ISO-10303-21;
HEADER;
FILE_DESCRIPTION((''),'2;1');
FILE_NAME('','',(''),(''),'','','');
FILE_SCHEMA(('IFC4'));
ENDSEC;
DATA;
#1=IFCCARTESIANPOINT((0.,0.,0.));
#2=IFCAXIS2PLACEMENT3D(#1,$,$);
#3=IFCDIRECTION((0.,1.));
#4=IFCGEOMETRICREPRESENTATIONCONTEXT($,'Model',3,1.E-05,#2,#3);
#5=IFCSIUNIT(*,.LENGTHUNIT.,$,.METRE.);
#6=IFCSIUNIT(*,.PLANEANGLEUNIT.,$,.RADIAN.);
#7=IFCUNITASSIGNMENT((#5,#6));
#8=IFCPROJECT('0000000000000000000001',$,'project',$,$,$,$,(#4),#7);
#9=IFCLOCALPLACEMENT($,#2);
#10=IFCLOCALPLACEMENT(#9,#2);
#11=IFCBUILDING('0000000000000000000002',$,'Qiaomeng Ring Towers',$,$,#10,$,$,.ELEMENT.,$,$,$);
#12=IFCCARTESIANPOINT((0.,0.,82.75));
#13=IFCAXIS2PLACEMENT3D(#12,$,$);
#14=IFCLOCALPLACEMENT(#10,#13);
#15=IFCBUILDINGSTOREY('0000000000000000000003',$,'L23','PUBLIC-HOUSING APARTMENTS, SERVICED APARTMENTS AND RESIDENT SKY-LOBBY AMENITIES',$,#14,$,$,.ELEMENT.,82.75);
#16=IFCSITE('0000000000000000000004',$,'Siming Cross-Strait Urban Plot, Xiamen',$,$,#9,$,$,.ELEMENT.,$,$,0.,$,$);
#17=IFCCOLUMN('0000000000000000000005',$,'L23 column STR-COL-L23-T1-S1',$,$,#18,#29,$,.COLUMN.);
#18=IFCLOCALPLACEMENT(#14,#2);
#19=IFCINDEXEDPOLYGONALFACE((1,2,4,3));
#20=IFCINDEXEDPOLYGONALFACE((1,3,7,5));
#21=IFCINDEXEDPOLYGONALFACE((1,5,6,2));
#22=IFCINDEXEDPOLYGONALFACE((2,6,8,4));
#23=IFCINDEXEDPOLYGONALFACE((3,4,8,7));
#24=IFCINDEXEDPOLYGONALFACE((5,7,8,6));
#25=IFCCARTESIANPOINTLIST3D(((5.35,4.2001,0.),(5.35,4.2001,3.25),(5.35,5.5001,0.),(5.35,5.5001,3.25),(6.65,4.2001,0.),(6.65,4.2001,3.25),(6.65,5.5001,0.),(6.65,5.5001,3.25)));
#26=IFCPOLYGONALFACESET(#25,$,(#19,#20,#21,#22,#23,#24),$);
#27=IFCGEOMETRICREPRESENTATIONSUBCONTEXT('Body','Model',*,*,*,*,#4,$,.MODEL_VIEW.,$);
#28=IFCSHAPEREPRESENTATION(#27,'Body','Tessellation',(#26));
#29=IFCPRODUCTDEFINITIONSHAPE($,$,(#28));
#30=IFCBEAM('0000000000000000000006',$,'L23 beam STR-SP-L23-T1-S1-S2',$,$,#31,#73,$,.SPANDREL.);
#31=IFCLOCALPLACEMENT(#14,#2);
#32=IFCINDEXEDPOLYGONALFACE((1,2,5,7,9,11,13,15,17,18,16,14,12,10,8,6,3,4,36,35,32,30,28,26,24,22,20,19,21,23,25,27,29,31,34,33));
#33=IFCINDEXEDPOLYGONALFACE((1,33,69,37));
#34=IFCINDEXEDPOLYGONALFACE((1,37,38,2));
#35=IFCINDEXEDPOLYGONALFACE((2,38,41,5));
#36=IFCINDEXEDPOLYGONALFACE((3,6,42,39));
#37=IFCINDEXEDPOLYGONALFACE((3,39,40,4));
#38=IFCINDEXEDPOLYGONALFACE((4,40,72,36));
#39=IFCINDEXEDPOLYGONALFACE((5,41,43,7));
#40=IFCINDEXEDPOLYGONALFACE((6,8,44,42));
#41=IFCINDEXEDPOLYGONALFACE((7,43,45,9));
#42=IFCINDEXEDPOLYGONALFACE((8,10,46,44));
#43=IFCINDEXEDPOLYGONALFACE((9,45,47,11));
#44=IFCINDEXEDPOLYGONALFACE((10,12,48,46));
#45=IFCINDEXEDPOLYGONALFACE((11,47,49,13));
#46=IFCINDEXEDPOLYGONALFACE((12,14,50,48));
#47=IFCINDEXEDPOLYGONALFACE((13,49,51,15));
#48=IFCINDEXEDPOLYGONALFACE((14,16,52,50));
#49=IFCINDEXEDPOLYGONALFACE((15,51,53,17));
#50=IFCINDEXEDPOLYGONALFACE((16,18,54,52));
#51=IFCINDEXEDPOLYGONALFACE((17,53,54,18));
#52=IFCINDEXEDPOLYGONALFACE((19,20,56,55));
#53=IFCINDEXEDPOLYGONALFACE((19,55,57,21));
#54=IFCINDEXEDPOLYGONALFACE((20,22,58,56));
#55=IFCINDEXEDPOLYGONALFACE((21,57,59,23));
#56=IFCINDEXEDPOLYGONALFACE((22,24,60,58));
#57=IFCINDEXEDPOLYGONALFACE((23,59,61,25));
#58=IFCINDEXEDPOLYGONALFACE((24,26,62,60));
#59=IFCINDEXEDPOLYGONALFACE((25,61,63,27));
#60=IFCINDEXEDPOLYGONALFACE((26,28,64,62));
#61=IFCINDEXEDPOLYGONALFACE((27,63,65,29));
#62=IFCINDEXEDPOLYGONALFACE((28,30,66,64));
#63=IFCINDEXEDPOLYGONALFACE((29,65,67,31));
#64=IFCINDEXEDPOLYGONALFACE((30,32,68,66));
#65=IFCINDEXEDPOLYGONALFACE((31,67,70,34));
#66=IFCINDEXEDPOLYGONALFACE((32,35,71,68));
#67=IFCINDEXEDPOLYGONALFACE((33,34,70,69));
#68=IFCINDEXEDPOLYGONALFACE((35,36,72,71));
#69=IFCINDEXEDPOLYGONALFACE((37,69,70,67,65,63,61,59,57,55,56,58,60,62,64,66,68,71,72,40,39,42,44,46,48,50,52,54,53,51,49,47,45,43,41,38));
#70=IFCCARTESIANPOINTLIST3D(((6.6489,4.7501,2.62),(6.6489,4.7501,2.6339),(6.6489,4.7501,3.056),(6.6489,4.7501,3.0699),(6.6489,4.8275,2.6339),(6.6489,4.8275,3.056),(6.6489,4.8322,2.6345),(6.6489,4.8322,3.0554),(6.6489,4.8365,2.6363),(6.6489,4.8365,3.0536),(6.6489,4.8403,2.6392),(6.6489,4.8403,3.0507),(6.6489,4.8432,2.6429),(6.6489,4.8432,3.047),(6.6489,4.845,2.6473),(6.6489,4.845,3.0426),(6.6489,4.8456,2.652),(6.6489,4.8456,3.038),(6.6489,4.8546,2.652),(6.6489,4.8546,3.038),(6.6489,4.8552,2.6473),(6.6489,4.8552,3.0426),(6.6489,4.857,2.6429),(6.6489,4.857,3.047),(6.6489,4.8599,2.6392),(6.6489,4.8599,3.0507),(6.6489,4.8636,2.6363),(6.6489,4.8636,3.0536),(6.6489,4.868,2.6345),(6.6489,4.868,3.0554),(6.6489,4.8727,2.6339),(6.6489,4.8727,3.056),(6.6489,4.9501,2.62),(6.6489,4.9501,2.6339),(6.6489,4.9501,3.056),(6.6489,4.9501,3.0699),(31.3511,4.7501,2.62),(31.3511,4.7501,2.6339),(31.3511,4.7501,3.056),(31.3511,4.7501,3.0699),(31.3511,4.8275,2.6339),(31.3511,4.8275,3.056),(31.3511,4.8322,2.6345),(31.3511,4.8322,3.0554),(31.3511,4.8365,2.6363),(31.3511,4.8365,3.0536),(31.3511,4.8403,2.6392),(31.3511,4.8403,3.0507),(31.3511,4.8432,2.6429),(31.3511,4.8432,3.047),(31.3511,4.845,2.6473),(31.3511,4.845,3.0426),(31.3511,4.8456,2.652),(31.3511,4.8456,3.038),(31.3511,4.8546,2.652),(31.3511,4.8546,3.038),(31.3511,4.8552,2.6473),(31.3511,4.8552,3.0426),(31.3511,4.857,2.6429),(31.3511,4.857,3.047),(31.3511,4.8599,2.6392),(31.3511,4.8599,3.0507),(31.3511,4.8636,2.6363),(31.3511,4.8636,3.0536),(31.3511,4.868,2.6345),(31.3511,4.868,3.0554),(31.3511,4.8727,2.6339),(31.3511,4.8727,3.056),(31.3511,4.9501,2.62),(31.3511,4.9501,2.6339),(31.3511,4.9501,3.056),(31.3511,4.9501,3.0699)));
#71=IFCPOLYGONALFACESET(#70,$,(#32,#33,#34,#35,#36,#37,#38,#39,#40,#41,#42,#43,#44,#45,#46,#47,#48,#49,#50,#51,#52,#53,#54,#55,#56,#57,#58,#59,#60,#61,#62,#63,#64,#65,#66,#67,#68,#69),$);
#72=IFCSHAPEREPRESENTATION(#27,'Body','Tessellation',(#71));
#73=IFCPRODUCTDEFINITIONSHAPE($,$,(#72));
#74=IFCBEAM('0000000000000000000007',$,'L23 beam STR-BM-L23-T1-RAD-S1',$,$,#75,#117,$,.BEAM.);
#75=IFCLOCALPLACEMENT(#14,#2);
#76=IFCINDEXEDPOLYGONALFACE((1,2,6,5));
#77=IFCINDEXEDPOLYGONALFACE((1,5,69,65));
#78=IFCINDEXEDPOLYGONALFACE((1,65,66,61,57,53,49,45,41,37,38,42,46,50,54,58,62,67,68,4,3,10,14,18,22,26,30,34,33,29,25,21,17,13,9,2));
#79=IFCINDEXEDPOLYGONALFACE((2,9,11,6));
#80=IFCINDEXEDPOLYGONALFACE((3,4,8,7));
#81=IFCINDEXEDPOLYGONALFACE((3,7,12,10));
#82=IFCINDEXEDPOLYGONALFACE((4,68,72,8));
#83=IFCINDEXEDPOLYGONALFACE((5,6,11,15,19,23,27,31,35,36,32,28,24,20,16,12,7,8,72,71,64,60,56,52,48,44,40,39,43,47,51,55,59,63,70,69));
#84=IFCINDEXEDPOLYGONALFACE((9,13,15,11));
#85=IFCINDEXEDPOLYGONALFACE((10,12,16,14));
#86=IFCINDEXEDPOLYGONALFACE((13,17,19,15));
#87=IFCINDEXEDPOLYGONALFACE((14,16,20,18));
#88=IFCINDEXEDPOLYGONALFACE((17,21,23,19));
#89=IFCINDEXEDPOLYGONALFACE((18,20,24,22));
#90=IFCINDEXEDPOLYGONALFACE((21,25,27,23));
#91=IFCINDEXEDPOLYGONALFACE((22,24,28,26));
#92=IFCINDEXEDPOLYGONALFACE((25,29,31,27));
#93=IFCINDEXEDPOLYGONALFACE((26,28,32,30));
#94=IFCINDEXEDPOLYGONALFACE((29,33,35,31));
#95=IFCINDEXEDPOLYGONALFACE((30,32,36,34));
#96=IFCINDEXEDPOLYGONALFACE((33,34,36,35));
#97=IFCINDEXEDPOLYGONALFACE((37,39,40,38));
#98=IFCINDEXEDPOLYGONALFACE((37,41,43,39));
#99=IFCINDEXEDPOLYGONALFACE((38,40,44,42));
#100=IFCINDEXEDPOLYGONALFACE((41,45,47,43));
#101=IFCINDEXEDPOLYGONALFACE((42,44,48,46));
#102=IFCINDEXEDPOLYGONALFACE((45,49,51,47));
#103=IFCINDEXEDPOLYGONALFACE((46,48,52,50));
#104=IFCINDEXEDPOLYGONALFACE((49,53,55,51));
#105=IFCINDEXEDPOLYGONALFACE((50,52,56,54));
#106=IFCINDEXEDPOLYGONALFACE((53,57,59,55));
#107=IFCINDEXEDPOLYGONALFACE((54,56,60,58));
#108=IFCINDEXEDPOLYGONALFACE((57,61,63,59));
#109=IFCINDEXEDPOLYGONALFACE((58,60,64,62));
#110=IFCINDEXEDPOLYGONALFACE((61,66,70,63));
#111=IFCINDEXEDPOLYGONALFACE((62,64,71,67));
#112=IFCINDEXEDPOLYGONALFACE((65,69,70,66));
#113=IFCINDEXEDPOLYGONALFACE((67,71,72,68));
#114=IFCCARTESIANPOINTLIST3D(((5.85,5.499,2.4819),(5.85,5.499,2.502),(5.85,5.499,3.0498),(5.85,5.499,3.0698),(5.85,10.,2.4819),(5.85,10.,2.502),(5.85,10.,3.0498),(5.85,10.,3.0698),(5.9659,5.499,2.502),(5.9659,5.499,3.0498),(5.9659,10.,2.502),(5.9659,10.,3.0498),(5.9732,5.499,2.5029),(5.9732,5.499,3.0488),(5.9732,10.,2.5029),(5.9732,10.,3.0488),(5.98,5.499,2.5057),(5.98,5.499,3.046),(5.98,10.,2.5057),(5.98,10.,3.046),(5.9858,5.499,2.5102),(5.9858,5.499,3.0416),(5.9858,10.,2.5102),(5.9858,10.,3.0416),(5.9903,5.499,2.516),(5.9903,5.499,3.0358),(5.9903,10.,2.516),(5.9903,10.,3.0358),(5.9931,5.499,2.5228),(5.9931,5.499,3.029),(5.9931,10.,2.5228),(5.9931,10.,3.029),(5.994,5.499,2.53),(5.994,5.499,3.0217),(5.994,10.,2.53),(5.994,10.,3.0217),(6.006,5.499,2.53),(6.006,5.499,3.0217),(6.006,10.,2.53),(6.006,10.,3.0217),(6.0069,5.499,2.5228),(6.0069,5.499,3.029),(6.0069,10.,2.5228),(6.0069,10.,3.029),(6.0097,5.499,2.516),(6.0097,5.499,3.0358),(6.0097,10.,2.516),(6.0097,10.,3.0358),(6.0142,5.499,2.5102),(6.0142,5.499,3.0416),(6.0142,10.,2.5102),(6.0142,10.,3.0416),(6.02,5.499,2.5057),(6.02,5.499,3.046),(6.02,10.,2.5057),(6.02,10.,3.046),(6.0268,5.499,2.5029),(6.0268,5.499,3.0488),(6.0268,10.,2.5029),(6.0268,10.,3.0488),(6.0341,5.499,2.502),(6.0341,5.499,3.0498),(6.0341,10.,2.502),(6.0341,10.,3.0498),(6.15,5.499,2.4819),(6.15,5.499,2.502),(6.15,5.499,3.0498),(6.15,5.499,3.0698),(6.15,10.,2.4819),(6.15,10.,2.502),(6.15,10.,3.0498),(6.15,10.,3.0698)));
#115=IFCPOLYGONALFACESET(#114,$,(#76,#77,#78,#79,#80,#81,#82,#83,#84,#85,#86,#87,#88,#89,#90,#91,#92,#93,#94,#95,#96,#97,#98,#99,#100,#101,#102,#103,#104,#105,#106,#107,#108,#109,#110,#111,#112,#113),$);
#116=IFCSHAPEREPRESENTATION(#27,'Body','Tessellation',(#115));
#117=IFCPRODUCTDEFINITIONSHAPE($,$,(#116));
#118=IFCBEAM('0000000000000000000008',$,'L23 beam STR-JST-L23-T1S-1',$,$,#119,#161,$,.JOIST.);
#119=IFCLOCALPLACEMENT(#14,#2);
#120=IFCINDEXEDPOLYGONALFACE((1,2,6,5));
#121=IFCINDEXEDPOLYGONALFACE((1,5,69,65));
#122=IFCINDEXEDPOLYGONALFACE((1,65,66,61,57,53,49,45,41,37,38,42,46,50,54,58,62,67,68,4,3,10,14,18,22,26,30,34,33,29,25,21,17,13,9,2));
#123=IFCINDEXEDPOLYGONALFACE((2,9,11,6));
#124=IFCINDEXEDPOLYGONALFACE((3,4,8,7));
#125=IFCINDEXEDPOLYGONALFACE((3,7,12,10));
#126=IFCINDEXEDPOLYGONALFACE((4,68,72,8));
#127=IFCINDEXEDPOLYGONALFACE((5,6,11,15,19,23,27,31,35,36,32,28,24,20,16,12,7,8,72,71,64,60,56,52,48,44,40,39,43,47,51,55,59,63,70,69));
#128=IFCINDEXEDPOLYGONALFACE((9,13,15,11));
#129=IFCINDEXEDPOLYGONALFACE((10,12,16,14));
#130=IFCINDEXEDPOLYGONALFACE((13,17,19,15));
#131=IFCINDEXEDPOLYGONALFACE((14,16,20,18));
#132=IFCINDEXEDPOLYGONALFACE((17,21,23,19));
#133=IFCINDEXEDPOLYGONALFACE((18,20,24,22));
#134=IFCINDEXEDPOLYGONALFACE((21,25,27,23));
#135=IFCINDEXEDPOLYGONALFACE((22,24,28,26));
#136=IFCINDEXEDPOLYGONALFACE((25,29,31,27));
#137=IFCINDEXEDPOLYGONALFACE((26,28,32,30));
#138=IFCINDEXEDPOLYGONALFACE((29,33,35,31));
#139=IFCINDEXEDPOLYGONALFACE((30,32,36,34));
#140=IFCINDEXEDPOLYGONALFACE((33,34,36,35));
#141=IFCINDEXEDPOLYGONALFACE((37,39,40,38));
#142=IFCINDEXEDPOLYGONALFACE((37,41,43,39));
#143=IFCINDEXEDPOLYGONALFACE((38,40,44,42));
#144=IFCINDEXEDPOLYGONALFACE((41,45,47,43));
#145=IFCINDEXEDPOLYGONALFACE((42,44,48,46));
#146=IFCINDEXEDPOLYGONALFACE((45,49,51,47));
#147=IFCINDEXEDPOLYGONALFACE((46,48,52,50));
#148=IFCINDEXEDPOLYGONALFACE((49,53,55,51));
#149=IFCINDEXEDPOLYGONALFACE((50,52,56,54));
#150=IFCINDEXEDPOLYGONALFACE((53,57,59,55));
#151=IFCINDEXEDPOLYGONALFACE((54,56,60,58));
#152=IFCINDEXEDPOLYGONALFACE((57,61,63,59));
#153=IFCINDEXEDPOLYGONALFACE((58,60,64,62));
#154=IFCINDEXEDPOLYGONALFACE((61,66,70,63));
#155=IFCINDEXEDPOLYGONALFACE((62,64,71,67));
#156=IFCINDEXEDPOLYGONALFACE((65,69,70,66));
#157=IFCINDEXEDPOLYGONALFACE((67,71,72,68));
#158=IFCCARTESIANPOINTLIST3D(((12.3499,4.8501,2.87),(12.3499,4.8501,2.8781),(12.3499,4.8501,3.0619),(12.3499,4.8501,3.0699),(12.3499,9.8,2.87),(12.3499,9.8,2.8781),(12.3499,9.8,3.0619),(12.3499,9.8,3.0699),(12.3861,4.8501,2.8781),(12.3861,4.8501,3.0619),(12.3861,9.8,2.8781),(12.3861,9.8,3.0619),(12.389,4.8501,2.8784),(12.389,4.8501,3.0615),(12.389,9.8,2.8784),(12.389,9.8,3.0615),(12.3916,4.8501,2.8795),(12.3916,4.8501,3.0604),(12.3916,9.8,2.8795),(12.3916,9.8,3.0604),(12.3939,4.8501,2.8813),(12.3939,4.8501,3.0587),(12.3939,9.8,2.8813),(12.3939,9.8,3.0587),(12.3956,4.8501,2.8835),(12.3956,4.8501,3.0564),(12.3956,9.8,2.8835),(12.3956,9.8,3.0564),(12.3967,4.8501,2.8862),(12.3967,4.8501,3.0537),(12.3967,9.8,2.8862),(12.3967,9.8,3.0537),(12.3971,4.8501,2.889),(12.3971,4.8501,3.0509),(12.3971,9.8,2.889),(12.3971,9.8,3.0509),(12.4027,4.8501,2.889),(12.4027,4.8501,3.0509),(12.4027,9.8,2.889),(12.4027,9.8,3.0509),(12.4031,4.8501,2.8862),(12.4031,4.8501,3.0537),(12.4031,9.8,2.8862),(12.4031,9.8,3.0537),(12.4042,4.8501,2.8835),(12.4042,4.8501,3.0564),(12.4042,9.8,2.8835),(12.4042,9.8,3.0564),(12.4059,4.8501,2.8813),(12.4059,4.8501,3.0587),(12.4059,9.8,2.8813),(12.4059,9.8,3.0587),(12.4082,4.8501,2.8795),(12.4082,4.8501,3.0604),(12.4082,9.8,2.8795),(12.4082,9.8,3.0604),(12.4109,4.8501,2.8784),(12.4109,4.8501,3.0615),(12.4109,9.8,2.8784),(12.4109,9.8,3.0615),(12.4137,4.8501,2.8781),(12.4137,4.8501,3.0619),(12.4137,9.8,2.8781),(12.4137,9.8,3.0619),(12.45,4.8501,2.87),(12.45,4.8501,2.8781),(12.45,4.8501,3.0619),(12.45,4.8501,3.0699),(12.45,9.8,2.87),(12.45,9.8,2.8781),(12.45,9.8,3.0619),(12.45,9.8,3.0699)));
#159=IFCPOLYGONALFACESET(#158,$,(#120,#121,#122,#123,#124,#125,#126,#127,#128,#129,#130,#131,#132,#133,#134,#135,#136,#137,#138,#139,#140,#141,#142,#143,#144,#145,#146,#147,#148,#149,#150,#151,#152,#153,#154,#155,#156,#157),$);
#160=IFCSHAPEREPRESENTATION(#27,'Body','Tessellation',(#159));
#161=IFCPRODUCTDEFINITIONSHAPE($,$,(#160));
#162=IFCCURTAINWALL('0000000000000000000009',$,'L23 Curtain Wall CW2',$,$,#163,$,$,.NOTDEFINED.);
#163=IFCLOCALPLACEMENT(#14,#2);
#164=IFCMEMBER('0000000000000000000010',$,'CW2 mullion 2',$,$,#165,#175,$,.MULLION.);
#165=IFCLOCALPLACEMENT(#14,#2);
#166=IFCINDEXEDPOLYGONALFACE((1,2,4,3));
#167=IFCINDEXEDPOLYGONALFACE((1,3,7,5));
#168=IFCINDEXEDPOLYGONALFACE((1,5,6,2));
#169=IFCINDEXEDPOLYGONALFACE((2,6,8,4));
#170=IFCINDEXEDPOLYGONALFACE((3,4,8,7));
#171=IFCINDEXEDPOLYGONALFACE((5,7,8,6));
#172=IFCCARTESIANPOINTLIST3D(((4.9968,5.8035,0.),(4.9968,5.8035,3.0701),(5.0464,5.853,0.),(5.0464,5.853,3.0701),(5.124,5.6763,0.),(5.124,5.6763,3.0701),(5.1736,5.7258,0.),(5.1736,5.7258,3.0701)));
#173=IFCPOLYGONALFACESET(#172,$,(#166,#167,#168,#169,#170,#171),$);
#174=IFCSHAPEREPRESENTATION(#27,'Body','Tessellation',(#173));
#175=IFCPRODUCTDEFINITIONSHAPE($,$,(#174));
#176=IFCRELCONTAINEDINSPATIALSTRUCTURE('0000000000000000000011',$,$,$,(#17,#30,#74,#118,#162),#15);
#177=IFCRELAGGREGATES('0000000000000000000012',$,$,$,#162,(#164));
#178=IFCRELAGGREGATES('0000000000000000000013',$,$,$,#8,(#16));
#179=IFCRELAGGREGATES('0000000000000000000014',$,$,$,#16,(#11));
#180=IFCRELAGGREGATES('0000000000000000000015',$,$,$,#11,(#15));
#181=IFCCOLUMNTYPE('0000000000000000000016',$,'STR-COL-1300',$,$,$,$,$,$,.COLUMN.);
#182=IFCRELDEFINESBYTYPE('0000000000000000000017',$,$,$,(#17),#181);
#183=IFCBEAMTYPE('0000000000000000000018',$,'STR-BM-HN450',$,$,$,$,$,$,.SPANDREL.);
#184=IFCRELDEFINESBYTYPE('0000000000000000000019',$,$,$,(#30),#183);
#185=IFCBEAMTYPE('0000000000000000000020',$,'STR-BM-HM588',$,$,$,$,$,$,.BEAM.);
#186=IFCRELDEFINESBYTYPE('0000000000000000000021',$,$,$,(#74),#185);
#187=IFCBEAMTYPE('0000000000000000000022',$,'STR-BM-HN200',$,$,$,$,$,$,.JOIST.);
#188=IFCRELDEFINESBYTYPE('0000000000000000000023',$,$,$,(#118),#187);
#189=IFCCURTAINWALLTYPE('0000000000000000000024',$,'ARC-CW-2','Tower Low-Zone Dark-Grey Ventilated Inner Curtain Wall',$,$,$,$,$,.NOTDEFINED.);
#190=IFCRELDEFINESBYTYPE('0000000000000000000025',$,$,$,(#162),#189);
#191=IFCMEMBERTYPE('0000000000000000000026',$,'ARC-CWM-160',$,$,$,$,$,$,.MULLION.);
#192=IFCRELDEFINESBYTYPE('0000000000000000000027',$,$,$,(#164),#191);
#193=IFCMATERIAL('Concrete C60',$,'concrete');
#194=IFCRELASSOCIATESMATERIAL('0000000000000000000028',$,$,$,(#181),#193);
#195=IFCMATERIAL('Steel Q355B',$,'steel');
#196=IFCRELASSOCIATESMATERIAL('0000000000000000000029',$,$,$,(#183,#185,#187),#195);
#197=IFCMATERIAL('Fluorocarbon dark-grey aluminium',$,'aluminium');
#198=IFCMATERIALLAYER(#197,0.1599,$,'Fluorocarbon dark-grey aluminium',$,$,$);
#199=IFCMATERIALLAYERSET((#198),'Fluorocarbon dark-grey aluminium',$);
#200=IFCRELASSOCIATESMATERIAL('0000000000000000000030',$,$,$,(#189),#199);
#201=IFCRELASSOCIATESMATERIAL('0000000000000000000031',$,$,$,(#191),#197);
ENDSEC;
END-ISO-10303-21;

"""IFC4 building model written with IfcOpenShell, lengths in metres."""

from ifc_helpers import new_model, si_unit, direction, frame, origin, origin_2d, place, context, subcontext, project, spatial, rectangle, i_section, extrude, source, transform, mapped, material, layer, layer_set, material_profile, profile_set, type_object, element, aggregate, save


model = new_model("IFC4")

# Units and contexts
model_context = context("Model", 3, precision=1e-05, world=origin(), true_north=direction((0.0, 1.0)))
body_context = subcontext(model_context, "Body", "Model", "MODEL_VIEW")
ifc_project = project(units=[si_unit("LENGTHUNIT", "METRE"), si_unit("PLANEANGLEUNIT", "RADIAN")], contexts=[model_context])

# Site, building, storey
site_placement = place(None, origin())
site = spatial("IfcSite", under=ifc_project, at=site_placement, Name="Siming Cross-Strait Urban Plot, Xiamen", CompositionType="ELEMENT", RefElevation=0.0)
building_placement = place(site_placement, origin())
building = spatial("IfcBuilding", under=site, at=building_placement, Name="Qiaomeng Ring Towers", CompositionType="ELEMENT")
storey_placement = place(building_placement, frame((0.0, 0.0, 82.75)))
storey = spatial("IfcBuildingStorey", under=building, at=storey_placement, Name="L23", Description="PUBLIC-HOUSING APARTMENTS, SERVICED APARTMENTS AND RESIDENT SKY-LOBBY AMENITIES", CompositionType="ELEMENT", Elevation=82.75)

# Column
ifc_material_1 = material(Name="Concrete C60", Category="concrete")
ifc_material_profile_1 = material_profile(ifc_material_1, rectangle(XDim=1.3, YDim=1.3, at=origin_2d()), Name="RC COL 1300x1300")
ifc_profile_set_1 = profile_set([ifc_material_profile_1], Name="Concrete C60")
column_type = type_object("IfcColumnType", Name="STR-COL-1300", PredefinedType="COLUMN", material=ifc_profile_set_1)
shared_shape_1 = source(origin(), body_context, "Body", "SweptSolid", [
    extrude(rectangle(XDim=1.3, YDim=1.3, at=origin_2d()), origin(), (0.0, 0.0, 1.0), 3.25),
])
column_placement = place(storey_placement, frame((6.0, 4.8501, 0.0), z_axis=(0.0, 0.0, 1.0), x_axis=(1.0, 0.0, 0.0)))
element("IfcColumn", 1, at=column_placement, inside=storey, type_object=column_type, Name="L23 column STR-COL-L23-T1-S1", PredefinedType="COLUMN", context=body_context, shape_type="MappedRepresentation", body=[
    mapped(shared_shape_1, transform((0.0, 0.0, 0.0), x_axis=(1.0, 0.0, 0.0), y_axis=(0.0, 1.0, 0.0), z_axis=(0.0, 0.0, 1.0), scale=1.0)),
])

# Beams
ifc_material_2 = material(Name="Steel Q355B", Category="steel")
ifc_material_profile_2 = material_profile(ifc_material_2, i_section(OverallWidth=0.2, OverallDepth=0.45, WebThickness=0.009, FlangeThickness=0.0139, FilletRadius=0.0181, at=origin_2d()), Name="HN 450x200x9x14")
ifc_profile_set_2 = profile_set([ifc_material_profile_2], Name="Steel Q355B")
beam_type_1 = type_object("IfcBeamType", Name="STR-BM-HN450", PredefinedType="SPANDREL", material=ifc_profile_set_2)
shared_shape_2 = source(origin(), body_context, "Body", "SweptSolid", [
    extrude(i_section(OverallWidth=0.2, OverallDepth=0.45, WebThickness=0.009, FlangeThickness=0.0139, FilletRadius=0.0181, at=origin_2d()), origin(), (0.0, 0.0, 1.0), 24.7021),
])
beam_1_placement = place(storey_placement, frame((6.6489, 4.8501, 2.845), z_axis=(1.0, 0.0, 0.0), x_axis=(0.0, 1.0, 0.0)))
element("IfcBeam", 2, at=beam_1_placement, inside=storey, type_object=beam_type_1, Name="L23 beam STR-SP-L23-T1-S1-S2", PredefinedType="SPANDREL", context=body_context, shape_type="MappedRepresentation", body=[
    mapped(shared_shape_2, transform((0.0, 0.0, 0.0), x_axis=(1.0, 0.0, 0.0), y_axis=(0.0, 1.0, 0.0), z_axis=(0.0, 0.0, 1.0), scale=1.0)),
])
ifc_material_profile_3 = material_profile(ifc_material_2, i_section(OverallWidth=0.3, OverallDepth=0.5879, WebThickness=0.012, FlangeThickness=0.02, FilletRadius=0.0281, at=origin_2d()), Name="HM 588x300x12x20")
ifc_profile_set_3 = profile_set([ifc_material_profile_3], Name="Steel Q355B")
beam_type_2 = type_object("IfcBeamType", Name="STR-BM-HM588", PredefinedType="BEAM", material=ifc_profile_set_3)
shared_shape_3 = source(origin(), body_context, "Body", "SweptSolid", [
    extrude(i_section(OverallWidth=0.3, OverallDepth=0.5879, WebThickness=0.012, FlangeThickness=0.02, FilletRadius=0.0281, at=origin_2d()), origin(), (0.0, 0.0, 1.0), 4.501),
])
beam_2_placement = place(storey_placement, frame((6.0, 5.499, 2.7759), z_axis=(0.0, 1.0, 0.0), x_axis=(-1.0, 0.0, 0.0)))
element("IfcBeam", 3, at=beam_2_placement, inside=storey, type_object=beam_type_2, Name="L23 beam STR-BM-L23-T1-RAD-S1", PredefinedType="BEAM", context=body_context, shape_type="MappedRepresentation", body=[
    mapped(shared_shape_3, transform((0.0, 0.0, 0.0), x_axis=(1.0, 0.0, 0.0), y_axis=(0.0, 1.0, 0.0), z_axis=(0.0, 0.0, 1.0), scale=1.0)),
])
ifc_material_profile_4 = material_profile(ifc_material_2, i_section(OverallWidth=0.1001, OverallDepth=0.2, WebThickness=0.0056, FlangeThickness=0.0081, FilletRadius=0.011, at=origin_2d()), Name="HN 200x100x5.5x8")
ifc_profile_set_4 = profile_set([ifc_material_profile_4], Name="Steel Q355B")
beam_type_3 = type_object("IfcBeamType", Name="STR-BM-HN200", PredefinedType="JOIST", material=ifc_profile_set_4)
shared_shape_4 = source(origin(), body_context, "Body", "SweptSolid", [
    extrude(i_section(OverallWidth=0.1001, OverallDepth=0.2, WebThickness=0.0056, FlangeThickness=0.0081, FilletRadius=0.011, at=origin_2d()), origin(), (0.0, 0.0, 1.0), 4.95),
])
beam_3_placement = place(storey_placement, frame((12.3999, 4.8501, 2.97), z_axis=(0.0, 1.0, 0.0), x_axis=(-1.0, 0.0, 0.0)))
element("IfcBeam", 4, at=beam_3_placement, inside=storey, type_object=beam_type_3, Name="L23 beam STR-JST-L23-T1S-1", PredefinedType="JOIST", context=body_context, shape_type="MappedRepresentation", body=[
    mapped(shared_shape_4, transform((0.0, 0.0, 0.0), x_axis=(1.0, 0.0, 0.0), y_axis=(0.0, 1.0, 0.0), z_axis=(0.0, 0.0, 1.0), scale=1.0)),
])

# Curtain wall, member
ifc_material_3 = material(Name="Fluorocarbon dark-grey aluminium", Category="aluminium")
ifc_layer_1 = layer(ifc_material_3, 0.1599, Name="Fluorocarbon dark-grey aluminium")
ifc_layer_set_1 = layer_set([ifc_layer_1], Name="Fluorocarbon dark-grey aluminium")
curtain_wall_type = type_object("IfcCurtainWallType", Name="ARC-CW-2", Description="Tower Low-Zone Dark-Grey Ventilated Inner Curtain Wall", PredefinedType="NOTDEFINED", material=ifc_layer_set_1)
curtain_wall_placement = place(storey_placement, origin())
curtain_wall = element("IfcCurtainWall", 5, at=curtain_wall_placement, inside=storey, type_object=curtain_wall_type, Name="L23 Curtain Wall CW2", PredefinedType="NOTDEFINED")
ifc_material_profile_5 = material_profile(ifc_material_3, rectangle(XDim=0.0701, YDim=0.1799, at=origin_2d()), Name="ALU MULL 70x180")
ifc_profile_set_5 = profile_set([ifc_material_profile_5], Name="Fluorocarbon dark-grey aluminium")
member_type = type_object("IfcMemberType", Name="ARC-CWM-160", PredefinedType="MULLION", material=ifc_profile_set_5)
shared_shape_5 = source(origin(), body_context, "Body", "SweptSolid", [
    extrude(rectangle(XDim=0.0701, YDim=0.1799, at=origin_2d()), origin(), (0.0, 0.0, 1.0), 3.0701),
])
member_placement = place(storey_placement, frame((5.0852, 5.7646, 0.0), z_axis=(0.0, 0.0, 1.0), x_axis=(0.707107, 0.707107, 0.0)))
member = element("IfcMember", 6, at=member_placement, type_object=member_type, Name="CW2 mullion 2", PredefinedType="MULLION", context=body_context, shape_type="MappedRepresentation", body=[
    mapped(shared_shape_5, transform((0.0, 0.0, 0.0), x_axis=(1.0, 0.0, 0.0), y_axis=(0.0, 1.0, 0.0), z_axis=(0.0, 0.0, 1.0), scale=1.0)),
])

aggregate(curtain_wall, [member])

save(model, "model.ifc")
